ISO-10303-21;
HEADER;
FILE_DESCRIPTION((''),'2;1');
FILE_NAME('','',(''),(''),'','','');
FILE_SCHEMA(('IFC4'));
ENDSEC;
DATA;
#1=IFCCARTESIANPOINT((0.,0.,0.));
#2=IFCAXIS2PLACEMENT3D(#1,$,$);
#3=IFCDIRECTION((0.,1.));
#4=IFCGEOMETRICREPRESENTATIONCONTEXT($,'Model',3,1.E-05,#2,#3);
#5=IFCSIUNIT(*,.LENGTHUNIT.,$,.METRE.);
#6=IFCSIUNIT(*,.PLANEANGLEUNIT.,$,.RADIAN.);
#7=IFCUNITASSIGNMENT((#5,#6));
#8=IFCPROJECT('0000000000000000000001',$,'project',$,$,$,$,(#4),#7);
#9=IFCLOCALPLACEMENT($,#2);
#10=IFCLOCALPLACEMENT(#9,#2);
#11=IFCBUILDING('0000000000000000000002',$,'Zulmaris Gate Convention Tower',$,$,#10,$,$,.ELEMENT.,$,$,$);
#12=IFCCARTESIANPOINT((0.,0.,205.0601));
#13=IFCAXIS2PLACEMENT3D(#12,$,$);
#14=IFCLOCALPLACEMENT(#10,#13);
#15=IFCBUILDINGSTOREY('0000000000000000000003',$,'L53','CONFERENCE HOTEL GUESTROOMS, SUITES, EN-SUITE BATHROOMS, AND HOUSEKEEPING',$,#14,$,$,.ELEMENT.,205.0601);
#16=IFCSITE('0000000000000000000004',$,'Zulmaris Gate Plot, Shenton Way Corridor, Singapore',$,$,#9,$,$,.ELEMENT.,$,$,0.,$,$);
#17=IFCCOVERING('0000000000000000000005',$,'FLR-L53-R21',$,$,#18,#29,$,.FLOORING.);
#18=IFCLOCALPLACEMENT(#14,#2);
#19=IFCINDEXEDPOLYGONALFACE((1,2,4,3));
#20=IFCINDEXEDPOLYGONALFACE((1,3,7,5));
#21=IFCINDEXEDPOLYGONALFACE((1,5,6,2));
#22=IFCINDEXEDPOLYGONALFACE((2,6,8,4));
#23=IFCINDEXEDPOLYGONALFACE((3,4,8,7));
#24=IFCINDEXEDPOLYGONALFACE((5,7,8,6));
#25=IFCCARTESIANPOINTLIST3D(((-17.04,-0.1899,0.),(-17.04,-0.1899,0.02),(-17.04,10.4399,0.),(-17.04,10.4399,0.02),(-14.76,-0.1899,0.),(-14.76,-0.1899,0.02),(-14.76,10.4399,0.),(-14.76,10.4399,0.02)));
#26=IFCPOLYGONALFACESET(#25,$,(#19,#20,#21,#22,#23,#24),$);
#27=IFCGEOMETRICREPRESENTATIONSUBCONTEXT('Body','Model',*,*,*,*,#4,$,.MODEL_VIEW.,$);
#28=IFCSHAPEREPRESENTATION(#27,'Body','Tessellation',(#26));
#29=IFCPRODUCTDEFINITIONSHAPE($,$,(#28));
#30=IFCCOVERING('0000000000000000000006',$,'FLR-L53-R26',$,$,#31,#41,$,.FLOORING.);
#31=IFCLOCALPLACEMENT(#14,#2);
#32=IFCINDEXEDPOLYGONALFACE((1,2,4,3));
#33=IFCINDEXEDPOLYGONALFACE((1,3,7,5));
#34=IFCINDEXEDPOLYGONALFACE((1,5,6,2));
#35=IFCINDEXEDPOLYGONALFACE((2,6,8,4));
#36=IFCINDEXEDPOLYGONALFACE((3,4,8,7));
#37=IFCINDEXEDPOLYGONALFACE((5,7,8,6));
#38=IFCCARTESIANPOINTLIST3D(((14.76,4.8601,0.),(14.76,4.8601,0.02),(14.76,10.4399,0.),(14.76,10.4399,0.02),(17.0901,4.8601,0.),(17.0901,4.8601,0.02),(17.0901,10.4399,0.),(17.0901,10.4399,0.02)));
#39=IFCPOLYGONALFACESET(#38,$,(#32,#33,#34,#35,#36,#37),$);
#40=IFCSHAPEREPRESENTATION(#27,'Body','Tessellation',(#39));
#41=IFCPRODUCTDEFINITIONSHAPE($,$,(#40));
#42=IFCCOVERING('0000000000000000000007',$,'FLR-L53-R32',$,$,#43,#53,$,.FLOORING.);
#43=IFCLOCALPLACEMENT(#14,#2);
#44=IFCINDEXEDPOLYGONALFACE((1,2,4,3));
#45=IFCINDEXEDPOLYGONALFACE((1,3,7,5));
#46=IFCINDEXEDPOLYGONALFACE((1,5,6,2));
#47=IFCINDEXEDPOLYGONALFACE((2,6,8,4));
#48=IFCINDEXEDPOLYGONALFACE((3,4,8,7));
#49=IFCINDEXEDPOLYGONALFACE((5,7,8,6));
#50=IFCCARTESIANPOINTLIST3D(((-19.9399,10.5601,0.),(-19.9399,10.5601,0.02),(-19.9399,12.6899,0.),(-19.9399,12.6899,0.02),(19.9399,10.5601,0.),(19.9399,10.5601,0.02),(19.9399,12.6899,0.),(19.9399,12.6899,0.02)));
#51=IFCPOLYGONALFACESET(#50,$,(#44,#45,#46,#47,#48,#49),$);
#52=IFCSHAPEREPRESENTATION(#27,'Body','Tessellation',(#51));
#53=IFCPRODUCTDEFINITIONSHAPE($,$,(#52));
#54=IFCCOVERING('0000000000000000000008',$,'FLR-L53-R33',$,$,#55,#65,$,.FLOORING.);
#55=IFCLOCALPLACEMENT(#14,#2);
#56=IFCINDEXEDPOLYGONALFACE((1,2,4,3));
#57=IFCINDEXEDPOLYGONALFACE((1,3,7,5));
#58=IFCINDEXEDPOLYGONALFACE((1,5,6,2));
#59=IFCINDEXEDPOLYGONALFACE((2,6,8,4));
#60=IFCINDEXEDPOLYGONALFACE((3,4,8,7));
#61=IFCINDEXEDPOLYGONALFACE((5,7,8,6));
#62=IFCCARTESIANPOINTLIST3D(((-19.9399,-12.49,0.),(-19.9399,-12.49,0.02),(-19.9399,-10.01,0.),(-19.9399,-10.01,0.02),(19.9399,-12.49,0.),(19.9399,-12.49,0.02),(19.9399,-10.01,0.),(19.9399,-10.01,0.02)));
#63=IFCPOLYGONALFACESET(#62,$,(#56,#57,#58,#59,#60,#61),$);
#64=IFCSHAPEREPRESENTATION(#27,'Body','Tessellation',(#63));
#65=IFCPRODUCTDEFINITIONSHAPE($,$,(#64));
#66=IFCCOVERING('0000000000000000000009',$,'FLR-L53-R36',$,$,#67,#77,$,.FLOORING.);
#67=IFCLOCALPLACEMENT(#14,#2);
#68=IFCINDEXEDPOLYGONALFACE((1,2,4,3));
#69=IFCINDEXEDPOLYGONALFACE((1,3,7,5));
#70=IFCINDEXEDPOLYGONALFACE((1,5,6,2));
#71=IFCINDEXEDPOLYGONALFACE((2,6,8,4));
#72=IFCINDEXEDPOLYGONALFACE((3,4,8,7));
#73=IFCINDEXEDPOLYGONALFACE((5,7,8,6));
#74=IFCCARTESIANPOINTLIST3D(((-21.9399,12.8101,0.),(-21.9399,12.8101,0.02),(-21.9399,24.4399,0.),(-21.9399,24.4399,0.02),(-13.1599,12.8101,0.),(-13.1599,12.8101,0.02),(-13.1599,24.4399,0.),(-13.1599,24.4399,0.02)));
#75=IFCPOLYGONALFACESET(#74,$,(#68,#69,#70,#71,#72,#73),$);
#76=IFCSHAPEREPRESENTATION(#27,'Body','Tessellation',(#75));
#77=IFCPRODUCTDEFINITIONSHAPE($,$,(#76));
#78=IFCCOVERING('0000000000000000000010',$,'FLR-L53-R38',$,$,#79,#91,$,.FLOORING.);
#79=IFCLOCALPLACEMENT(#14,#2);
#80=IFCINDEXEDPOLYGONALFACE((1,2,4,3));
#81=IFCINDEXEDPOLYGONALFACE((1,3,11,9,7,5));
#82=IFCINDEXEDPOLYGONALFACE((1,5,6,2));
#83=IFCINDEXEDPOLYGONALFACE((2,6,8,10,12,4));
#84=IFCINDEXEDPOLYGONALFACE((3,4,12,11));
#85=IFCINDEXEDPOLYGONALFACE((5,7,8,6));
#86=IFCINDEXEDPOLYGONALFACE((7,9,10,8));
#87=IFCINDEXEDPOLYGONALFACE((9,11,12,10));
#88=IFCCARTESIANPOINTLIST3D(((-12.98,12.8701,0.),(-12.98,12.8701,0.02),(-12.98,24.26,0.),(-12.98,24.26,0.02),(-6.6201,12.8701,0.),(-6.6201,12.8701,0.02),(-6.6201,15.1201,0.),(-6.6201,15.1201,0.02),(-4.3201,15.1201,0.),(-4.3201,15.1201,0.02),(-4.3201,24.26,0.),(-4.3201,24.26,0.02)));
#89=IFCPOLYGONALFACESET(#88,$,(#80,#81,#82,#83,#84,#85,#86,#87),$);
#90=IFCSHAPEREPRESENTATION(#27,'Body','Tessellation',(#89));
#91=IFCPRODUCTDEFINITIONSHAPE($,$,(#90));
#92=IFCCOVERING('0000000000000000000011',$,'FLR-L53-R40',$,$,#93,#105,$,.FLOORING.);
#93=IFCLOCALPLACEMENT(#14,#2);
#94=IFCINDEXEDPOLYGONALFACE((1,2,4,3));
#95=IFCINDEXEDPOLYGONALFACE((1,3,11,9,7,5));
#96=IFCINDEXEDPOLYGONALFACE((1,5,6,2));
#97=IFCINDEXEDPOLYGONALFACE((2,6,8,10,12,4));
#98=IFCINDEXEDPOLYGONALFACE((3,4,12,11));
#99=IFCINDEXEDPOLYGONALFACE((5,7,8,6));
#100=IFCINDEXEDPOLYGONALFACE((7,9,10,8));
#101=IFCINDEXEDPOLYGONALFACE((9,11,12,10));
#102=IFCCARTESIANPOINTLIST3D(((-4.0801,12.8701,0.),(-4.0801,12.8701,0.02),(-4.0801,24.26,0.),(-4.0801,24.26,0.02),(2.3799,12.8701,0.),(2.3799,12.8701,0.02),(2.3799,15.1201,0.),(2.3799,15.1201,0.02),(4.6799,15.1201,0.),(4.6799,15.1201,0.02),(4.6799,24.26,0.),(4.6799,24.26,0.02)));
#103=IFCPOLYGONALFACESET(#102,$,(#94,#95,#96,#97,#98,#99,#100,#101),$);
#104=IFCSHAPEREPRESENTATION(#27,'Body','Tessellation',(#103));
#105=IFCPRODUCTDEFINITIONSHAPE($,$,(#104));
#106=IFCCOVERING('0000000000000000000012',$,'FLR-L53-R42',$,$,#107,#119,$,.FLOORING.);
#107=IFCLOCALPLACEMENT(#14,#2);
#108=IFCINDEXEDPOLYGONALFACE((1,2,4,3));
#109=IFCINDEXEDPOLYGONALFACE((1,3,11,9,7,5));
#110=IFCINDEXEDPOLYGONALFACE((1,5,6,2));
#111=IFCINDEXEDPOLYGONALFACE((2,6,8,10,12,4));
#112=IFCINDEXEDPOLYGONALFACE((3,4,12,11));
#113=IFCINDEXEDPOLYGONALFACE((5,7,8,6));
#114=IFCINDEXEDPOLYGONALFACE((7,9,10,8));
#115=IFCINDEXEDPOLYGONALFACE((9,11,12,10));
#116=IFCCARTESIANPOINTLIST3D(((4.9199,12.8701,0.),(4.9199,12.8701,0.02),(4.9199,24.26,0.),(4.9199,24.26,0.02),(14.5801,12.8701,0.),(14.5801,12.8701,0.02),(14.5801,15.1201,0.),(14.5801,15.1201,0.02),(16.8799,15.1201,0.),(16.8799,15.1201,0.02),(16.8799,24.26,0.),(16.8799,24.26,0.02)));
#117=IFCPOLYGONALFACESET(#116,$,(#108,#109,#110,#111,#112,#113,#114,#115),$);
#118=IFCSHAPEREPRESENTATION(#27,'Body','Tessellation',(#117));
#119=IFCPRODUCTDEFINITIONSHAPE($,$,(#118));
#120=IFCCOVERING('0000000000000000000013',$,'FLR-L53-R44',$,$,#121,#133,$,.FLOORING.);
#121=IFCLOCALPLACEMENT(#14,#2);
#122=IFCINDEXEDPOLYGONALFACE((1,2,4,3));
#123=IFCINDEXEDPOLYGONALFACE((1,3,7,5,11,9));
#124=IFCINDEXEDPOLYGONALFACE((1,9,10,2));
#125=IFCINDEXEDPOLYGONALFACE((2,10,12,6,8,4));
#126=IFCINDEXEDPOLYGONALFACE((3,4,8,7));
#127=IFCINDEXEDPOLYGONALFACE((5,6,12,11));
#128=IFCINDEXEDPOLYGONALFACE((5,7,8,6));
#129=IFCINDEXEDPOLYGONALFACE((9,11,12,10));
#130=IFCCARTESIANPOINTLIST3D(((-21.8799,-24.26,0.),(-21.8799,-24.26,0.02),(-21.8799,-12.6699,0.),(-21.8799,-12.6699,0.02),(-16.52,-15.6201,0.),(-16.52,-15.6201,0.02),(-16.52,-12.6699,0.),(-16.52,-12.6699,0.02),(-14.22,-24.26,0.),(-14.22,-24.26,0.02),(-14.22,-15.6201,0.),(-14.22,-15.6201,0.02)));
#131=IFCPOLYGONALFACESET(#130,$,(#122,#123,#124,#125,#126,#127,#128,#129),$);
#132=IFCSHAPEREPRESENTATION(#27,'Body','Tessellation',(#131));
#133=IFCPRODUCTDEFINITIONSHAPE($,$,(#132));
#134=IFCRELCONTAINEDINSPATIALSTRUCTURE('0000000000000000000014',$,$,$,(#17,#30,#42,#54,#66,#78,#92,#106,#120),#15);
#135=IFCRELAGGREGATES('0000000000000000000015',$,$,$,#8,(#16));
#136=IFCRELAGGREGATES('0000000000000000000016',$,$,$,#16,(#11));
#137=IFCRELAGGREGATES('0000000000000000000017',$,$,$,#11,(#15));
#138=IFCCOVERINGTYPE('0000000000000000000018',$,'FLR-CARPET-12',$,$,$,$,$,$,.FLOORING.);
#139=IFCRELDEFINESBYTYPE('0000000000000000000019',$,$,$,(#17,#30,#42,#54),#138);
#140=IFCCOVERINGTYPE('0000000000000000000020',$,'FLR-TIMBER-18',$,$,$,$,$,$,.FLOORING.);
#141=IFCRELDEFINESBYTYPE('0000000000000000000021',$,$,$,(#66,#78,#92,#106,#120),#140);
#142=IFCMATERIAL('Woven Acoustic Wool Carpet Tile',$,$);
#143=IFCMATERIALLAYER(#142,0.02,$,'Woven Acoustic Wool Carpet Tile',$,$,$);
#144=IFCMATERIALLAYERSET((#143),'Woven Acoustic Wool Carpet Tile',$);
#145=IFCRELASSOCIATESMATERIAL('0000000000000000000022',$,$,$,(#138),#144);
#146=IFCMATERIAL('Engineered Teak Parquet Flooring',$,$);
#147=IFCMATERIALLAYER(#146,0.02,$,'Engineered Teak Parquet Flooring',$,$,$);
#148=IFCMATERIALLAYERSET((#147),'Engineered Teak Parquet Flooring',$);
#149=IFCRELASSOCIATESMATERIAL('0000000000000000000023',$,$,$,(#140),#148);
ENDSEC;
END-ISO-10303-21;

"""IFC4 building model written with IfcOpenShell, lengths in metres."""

from ifc_helpers import new_model, si_unit, direction, frame, origin, place, context, subcontext, project, spatial, polyline, outline, extrude, material, layer, layer_set, type_object, element, save


model = new_model("IFC4")

# Units and contexts
model_context = context("Model", 3, precision=1e-05, world=origin(), true_north=direction((0.0, 1.0)))
body_context = subcontext(model_context, "Body", "Model", "MODEL_VIEW")
ifc_project = project(units=[si_unit("LENGTHUNIT", "METRE"), si_unit("PLANEANGLEUNIT", "RADIAN")], contexts=[model_context])

# Site, building, storey
site_placement = place(None, origin())
site = spatial("IfcSite", under=ifc_project, at=site_placement, Name="Zulmaris Gate Plot, Shenton Way Corridor, Singapore", CompositionType="ELEMENT", RefElevation=0.0)
building_placement = place(site_placement, origin())
building = spatial("IfcBuilding", under=site, at=building_placement, Name="Zulmaris Gate Convention Tower", CompositionType="ELEMENT")
storey_placement = place(building_placement, frame((0.0, 0.0, 205.0601)))
storey = spatial("IfcBuildingStorey", under=building, at=storey_placement, Name="L53", Description="CONFERENCE HOTEL GUESTROOMS, SUITES, EN-SUITE BATHROOMS, AND HOUSEKEEPING", CompositionType="ELEMENT", Elevation=205.0601)

# Coverings
ifc_material_1 = material(Name="Woven Acoustic Wool Carpet Tile")
ifc_layer_1 = layer(ifc_material_1, 0.02, Name="Woven Acoustic Wool Carpet Tile")
ifc_layer_set_1 = layer_set([ifc_layer_1], Name="Woven Acoustic Wool Carpet Tile")
covering_type_1 = type_object("IfcCoveringType", Name="FLR-CARPET-12", PredefinedType="FLOORING", material=ifc_layer_set_1)
covering_1_placement = place(storey_placement, origin())
element("IfcCovering", 1, at=covering_1_placement, inside=storey, type_object=covering_type_1, Name="FLR-L53-R21", PredefinedType="FLOORING", context=body_context, shape_type="SweptSolid", body=[
    extrude(outline(polyline([(-17.04, -0.1899), (-14.76, -0.1899), (-14.76, 10.4399), (-17.04, 10.4399), (-17.04, -0.1899)])), origin(), (0.0, 0.0, 1.0), 0.02),
])
covering_2_placement = place(storey_placement, origin())
element("IfcCovering", 2, at=covering_2_placement, inside=storey, type_object=covering_type_1, Name="FLR-L53-R26", PredefinedType="FLOORING", context=body_context, shape_type="SweptSolid", body=[
    extrude(outline(polyline([(14.76, 4.8601), (17.0901, 4.8601), (17.0901, 10.4399), (14.76, 10.4399), (14.76, 4.8601)])), origin(), (0.0, 0.0, 1.0), 0.02),
])
covering_3_placement = place(storey_placement, origin())
element("IfcCovering", 3, at=covering_3_placement, inside=storey, type_object=covering_type_1, Name="FLR-L53-R32", PredefinedType="FLOORING", context=body_context, shape_type="SweptSolid", body=[
    extrude(outline(polyline([(-19.9399, 10.5601), (19.9399, 10.5601), (19.9399, 12.6899), (-19.9399, 12.6899), (-19.9399, 10.5601)])), origin(), (0.0, 0.0, 1.0), 0.02),
])
covering_4_placement = place(storey_placement, origin())
element("IfcCovering", 4, at=covering_4_placement, inside=storey, type_object=covering_type_1, Name="FLR-L53-R33", PredefinedType="FLOORING", context=body_context, shape_type="SweptSolid", body=[
    extrude(outline(polyline([(-19.9399, -12.49), (19.9399, -12.49), (19.9399, -10.01), (-19.9399, -10.01), (-19.9399, -12.49)])), origin(), (0.0, 0.0, 1.0), 0.02),
])
ifc_material_2 = material(Name="Engineered Teak Parquet Flooring")
ifc_layer_2 = layer(ifc_material_2, 0.02, Name="Engineered Teak Parquet Flooring")
ifc_layer_set_2 = layer_set([ifc_layer_2], Name="Engineered Teak Parquet Flooring")
covering_type_2 = type_object("IfcCoveringType", Name="FLR-TIMBER-18", PredefinedType="FLOORING", material=ifc_layer_set_2)
covering_5_placement = place(storey_placement, origin())
element("IfcCovering", 5, at=covering_5_placement, inside=storey, type_object=covering_type_2, Name="FLR-L53-R36", PredefinedType="FLOORING", context=body_context, shape_type="SweptSolid", body=[
    extrude(outline(polyline([(-21.9399, 12.8101), (-13.1599, 12.8101), (-13.1599, 24.4399), (-21.9399, 24.4399), (-21.9399, 12.8101)])), origin(), (0.0, 0.0, 1.0), 0.02),
])
covering_6_placement = place(storey_placement, origin())
element("IfcCovering", 6, at=covering_6_placement, inside=storey, type_object=covering_type_2, Name="FLR-L53-R38", PredefinedType="FLOORING", context=body_context, shape_type="SweptSolid", body=[
    extrude(outline(polyline([(-12.98, 12.8701), (-6.6201, 12.8701), (-6.6201, 15.1201), (-4.3201, 15.1201), (-4.3201, 24.26), (-12.98, 24.26), (-12.98, 12.8701)])), origin(), (0.0, 0.0, 1.0), 0.02),
])
covering_7_placement = place(storey_placement, origin())
element("IfcCovering", 7, at=covering_7_placement, inside=storey, type_object=covering_type_2, Name="FLR-L53-R40", PredefinedType="FLOORING", context=body_context, shape_type="SweptSolid", body=[
    extrude(outline(polyline([(-4.0801, 12.8701), (2.3799, 12.8701), (2.3799, 15.1201), (4.6799, 15.1201), (4.6799, 24.26), (-4.0801, 24.26), (-4.0801, 12.8701)])), origin(), (0.0, 0.0, 1.0), 0.02),
])
covering_8_placement = place(storey_placement, origin())
element("IfcCovering", 8, at=covering_8_placement, inside=storey, type_object=covering_type_2, Name="FLR-L53-R42", PredefinedType="FLOORING", context=body_context, shape_type="SweptSolid", body=[
    extrude(outline(polyline([(4.9199, 12.8701), (14.5801, 12.8701), (14.5801, 15.1201), (16.8799, 15.1201), (16.8799, 24.26), (4.9199, 24.26), (4.9199, 12.8701)])), origin(), (0.0, 0.0, 1.0), 0.02),
])
covering_9_placement = place(storey_placement, origin())
element("IfcCovering", 9, at=covering_9_placement, inside=storey, type_object=covering_type_2, Name="FLR-L53-R44", PredefinedType="FLOORING", context=body_context, shape_type="SweptSolid", body=[
    extrude(outline(polyline([(-21.8799, -24.26), (-14.22, -24.26), (-14.22, -15.6201), (-16.52, -15.6201), (-16.52, -12.6699), (-21.8799, -12.6699), (-21.8799, -24.26)])), origin(), (0.0, 0.0, 1.0), 0.02),
])

save(model, "model.ifc")
